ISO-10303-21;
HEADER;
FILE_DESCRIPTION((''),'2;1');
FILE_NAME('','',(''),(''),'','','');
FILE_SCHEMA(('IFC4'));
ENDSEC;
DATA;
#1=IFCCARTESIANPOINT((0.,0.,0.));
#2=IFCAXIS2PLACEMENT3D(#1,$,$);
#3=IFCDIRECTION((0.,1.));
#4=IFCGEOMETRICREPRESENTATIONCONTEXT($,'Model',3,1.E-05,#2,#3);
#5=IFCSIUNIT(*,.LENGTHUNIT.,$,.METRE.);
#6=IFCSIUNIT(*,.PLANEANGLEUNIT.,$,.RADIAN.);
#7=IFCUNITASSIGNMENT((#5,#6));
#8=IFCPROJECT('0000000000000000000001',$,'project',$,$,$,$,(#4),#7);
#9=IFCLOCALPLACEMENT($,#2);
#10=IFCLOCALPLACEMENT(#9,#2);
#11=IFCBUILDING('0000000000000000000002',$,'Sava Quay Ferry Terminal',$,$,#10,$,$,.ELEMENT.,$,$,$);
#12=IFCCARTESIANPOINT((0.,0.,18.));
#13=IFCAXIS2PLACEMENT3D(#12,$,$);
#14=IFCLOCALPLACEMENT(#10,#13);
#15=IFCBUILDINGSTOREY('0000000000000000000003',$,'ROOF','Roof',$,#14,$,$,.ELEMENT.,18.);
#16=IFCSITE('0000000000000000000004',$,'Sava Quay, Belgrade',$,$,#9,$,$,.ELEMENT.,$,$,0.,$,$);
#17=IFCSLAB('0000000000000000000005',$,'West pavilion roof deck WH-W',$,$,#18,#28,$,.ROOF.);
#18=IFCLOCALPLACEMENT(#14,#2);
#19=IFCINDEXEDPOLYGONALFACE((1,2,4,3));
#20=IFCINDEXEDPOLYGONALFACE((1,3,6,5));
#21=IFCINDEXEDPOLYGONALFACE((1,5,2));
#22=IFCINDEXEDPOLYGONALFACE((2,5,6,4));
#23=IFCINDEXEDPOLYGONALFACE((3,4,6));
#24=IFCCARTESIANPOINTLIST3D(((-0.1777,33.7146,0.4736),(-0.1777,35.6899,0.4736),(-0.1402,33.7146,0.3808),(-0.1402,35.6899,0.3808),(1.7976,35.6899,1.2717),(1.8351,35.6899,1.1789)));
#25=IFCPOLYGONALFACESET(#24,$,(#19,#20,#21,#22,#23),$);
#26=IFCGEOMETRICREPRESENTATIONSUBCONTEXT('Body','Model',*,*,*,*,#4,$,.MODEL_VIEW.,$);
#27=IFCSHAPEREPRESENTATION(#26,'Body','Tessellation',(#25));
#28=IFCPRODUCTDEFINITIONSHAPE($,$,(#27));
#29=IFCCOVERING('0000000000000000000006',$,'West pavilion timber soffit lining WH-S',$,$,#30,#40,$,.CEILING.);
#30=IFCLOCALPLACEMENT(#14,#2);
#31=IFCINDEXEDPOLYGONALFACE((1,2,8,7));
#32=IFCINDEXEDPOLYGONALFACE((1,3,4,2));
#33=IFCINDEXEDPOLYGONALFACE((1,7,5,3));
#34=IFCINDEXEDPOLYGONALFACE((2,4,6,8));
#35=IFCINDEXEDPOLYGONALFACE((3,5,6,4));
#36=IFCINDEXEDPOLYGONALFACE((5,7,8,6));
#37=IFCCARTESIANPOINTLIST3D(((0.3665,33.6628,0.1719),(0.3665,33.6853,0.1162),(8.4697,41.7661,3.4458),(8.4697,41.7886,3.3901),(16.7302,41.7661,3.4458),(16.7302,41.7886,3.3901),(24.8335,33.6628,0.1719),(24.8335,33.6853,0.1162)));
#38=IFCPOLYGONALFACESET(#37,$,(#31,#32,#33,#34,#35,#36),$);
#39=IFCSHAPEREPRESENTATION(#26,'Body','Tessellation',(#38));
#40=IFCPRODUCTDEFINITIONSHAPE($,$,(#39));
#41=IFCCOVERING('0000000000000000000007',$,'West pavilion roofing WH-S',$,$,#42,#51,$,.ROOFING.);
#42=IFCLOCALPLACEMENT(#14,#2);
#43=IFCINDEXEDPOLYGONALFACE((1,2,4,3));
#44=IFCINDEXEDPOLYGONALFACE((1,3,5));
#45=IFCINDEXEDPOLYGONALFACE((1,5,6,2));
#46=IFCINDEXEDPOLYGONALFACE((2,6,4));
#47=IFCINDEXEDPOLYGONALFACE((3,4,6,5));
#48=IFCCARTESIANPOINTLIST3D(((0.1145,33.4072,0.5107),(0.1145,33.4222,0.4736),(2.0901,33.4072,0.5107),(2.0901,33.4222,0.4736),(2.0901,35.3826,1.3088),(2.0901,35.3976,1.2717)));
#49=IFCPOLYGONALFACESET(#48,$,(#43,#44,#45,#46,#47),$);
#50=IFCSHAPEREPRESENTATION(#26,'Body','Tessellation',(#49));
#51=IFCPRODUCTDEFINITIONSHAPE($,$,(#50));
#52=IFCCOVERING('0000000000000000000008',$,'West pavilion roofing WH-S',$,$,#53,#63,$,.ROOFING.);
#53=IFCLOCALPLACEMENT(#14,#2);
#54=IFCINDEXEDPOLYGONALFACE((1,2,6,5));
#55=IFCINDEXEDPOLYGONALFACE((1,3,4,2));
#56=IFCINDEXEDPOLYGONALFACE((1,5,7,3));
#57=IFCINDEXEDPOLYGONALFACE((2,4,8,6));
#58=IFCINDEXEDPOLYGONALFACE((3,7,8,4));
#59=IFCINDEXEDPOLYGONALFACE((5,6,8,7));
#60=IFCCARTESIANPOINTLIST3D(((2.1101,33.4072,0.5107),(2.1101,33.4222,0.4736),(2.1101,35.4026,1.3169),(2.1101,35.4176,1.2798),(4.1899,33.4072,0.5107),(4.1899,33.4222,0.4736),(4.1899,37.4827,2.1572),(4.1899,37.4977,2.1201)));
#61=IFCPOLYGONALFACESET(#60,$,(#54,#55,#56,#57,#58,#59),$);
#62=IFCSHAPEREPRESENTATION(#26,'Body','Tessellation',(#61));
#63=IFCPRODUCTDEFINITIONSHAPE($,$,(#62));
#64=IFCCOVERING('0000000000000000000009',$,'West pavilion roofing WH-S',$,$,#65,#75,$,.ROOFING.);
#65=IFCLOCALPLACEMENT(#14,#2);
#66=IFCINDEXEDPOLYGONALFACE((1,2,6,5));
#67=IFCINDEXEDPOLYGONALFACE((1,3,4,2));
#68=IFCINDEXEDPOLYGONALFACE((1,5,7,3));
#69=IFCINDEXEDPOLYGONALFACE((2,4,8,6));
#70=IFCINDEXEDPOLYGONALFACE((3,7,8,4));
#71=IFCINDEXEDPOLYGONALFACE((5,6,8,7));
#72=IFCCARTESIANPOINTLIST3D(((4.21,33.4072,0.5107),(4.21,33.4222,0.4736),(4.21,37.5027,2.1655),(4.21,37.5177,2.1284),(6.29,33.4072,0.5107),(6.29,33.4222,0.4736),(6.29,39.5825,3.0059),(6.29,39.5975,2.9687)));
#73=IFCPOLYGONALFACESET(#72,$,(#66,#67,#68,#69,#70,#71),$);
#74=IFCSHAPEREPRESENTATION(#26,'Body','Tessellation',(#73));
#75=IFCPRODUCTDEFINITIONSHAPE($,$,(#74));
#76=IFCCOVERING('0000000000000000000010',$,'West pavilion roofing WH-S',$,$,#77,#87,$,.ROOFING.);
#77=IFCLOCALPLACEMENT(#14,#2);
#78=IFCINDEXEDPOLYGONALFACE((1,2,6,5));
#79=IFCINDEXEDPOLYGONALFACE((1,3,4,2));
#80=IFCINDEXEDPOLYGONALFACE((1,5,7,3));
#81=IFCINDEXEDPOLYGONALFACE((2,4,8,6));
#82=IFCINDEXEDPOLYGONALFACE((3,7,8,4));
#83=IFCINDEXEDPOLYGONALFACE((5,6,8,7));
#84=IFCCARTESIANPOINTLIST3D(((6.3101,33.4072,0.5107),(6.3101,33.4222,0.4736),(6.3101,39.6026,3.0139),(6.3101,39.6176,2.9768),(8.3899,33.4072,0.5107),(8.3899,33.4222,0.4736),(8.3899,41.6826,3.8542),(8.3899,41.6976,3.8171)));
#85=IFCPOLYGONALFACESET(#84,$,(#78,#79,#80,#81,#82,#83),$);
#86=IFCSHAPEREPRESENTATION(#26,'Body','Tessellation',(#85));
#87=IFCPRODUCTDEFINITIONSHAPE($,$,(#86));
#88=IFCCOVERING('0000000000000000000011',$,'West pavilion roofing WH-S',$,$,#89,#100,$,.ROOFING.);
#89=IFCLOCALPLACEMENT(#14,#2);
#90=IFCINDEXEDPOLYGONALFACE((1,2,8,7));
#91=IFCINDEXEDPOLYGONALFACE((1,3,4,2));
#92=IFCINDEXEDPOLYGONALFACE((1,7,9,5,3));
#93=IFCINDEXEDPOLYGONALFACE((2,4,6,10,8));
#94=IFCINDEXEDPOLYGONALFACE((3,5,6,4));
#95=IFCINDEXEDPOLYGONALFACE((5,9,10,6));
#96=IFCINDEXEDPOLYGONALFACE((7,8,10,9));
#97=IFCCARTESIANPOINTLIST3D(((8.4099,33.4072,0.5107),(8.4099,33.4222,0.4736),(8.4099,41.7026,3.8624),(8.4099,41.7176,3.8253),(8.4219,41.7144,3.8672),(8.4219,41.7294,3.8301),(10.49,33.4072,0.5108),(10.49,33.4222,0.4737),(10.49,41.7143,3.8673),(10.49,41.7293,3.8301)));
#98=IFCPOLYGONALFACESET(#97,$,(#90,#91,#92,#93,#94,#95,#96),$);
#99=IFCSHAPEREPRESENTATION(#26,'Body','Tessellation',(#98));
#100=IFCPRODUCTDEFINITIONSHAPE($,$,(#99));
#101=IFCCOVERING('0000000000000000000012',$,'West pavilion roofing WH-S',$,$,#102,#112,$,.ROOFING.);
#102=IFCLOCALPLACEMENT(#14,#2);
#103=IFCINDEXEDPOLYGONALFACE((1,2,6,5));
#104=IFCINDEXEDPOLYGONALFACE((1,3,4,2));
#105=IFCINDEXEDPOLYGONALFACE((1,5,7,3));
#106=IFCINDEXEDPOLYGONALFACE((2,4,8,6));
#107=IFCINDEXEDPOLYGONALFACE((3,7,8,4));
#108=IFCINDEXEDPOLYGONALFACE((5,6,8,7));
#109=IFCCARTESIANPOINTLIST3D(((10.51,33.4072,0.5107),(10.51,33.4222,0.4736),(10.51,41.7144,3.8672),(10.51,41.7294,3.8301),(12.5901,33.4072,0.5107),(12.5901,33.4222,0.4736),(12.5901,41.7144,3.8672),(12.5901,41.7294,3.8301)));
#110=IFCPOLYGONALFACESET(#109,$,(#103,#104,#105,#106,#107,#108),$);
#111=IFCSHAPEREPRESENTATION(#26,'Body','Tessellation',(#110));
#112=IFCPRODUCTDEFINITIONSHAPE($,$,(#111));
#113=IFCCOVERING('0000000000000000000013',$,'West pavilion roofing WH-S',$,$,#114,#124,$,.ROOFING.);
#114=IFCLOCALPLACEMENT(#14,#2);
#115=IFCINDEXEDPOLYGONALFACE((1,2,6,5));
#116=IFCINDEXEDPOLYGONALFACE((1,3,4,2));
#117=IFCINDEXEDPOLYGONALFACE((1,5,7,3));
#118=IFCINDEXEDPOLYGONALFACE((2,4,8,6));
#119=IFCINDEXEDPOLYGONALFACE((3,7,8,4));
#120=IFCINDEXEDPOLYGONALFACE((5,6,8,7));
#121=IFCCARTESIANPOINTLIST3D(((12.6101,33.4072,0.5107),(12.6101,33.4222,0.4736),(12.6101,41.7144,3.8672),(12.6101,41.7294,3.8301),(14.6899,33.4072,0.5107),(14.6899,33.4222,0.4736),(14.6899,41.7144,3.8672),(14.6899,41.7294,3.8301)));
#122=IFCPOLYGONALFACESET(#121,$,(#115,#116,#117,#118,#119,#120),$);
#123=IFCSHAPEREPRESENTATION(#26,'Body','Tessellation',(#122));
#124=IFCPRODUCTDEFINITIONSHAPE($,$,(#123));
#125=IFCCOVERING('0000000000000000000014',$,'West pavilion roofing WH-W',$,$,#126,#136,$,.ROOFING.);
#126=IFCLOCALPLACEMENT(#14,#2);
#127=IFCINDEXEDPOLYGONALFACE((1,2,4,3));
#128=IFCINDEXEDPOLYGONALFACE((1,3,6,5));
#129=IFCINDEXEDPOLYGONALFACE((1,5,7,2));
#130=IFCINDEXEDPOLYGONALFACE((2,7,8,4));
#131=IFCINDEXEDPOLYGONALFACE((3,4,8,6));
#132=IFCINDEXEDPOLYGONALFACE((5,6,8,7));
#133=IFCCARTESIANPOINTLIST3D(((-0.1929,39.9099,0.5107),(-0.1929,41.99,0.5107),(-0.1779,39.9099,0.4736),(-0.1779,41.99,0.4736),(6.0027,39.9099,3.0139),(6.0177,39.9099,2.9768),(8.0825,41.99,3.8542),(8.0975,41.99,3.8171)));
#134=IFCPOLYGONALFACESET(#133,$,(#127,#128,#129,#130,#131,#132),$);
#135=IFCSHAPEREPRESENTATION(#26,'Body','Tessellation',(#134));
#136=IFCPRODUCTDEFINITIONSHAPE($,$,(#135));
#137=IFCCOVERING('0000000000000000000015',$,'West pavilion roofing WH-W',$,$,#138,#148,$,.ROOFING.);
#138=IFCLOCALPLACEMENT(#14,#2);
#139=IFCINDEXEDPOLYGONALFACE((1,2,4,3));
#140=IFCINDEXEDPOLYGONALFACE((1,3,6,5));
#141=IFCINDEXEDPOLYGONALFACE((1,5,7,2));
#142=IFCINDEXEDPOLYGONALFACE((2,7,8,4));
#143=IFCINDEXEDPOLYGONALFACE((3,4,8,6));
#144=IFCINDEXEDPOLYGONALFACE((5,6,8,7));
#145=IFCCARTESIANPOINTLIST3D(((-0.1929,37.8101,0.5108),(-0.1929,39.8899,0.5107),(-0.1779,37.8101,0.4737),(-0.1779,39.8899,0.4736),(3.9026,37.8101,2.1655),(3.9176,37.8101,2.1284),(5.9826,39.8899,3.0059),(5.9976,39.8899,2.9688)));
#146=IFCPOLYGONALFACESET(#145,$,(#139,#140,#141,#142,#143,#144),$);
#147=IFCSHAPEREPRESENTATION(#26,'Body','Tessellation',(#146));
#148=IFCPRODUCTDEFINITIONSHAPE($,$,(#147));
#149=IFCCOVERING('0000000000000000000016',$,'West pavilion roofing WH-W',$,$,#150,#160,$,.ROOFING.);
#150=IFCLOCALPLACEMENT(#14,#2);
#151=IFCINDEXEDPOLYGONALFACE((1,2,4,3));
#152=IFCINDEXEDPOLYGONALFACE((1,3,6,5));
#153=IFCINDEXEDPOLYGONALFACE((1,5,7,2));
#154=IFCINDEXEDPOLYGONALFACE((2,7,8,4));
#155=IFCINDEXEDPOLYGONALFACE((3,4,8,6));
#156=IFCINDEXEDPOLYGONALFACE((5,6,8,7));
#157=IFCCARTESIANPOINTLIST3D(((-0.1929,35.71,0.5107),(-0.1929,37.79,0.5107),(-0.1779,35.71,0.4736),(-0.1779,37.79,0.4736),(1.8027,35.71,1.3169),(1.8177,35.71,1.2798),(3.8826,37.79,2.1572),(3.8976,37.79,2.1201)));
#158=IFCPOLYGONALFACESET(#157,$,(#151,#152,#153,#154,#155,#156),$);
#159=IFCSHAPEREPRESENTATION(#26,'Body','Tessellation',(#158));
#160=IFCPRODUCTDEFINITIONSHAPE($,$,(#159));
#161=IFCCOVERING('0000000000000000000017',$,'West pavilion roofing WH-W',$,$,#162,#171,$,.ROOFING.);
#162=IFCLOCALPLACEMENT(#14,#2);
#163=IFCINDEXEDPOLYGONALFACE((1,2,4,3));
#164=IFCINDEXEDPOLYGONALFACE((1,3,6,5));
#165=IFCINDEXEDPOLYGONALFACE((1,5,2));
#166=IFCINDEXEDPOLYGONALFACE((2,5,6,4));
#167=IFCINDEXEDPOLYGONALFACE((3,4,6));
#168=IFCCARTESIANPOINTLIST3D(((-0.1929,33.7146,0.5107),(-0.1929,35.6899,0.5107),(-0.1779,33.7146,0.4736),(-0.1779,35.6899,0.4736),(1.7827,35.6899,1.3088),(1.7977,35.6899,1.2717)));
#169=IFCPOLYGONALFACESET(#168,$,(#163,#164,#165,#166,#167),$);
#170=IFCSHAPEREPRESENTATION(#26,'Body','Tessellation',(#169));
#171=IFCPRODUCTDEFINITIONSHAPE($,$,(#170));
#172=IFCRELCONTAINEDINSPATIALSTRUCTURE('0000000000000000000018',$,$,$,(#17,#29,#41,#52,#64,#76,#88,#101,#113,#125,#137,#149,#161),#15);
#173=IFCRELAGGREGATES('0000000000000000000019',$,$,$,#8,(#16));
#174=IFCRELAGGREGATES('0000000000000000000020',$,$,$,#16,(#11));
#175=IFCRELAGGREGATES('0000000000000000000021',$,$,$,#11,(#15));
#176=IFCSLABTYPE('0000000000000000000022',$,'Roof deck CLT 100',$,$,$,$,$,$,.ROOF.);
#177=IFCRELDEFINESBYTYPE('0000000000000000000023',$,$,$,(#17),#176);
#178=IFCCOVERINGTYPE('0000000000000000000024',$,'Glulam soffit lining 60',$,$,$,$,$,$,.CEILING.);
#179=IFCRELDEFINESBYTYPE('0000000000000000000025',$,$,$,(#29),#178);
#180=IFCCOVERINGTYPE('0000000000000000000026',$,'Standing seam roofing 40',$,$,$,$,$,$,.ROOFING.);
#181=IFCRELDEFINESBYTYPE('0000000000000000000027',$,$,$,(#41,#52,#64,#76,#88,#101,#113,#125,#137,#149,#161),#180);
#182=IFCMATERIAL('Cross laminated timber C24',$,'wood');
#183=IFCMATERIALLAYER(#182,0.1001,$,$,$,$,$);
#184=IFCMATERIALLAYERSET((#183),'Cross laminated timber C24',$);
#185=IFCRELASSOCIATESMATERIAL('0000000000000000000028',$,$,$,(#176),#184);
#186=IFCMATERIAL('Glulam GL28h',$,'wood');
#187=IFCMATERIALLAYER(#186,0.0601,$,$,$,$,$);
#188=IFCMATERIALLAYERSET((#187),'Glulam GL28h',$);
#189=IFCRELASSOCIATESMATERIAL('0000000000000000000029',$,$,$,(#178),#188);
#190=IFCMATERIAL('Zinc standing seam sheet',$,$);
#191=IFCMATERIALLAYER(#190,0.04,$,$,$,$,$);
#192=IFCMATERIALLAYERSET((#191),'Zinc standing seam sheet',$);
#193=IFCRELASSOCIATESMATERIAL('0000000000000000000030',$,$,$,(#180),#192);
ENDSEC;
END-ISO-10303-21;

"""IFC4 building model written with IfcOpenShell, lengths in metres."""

from ifc_helpers import new_model, si_unit, direction, frame, origin, place, context, subcontext, project, spatial, polyline, outline, extrude, material, layer, layer_set, type_object, element, save


model = new_model("IFC4")

# Units and contexts
model_context = context("Model", 3, precision=1e-05, world=origin(), true_north=direction((0.0, 1.0)))
body_context = subcontext(model_context, "Body", "Model", "MODEL_VIEW")
ifc_project = project(units=[si_unit("LENGTHUNIT", "METRE"), si_unit("PLANEANGLEUNIT", "RADIAN")], contexts=[model_context])

# Site, building, storey
site_placement = place(None, origin())
site = spatial("IfcSite", under=ifc_project, at=site_placement, Name="Sava Quay, Belgrade", CompositionType="ELEMENT", RefElevation=0.0)
building_placement = place(site_placement, origin())
building = spatial("IfcBuilding", under=site, at=building_placement, Name="Sava Quay Ferry Terminal", CompositionType="ELEMENT")
storey_placement = place(building_placement, frame((0.0, 0.0, 18.0)))
storey = spatial("IfcBuildingStorey", under=building, at=storey_placement, Name="ROOF", Description="Roof", CompositionType="ELEMENT", Elevation=18.0)

# Slab
ifc_material_1 = material(Name="Cross laminated timber C24", Category="wood")
ifc_layer_1 = layer(ifc_material_1, 0.1001)
ifc_layer_set_1 = layer_set([ifc_layer_1], Name="Cross laminated timber C24")
slab_type_1 = type_object("IfcSlabType", Name="Roof deck CLT 100", PredefinedType="ROOF", material=ifc_layer_set_1)
slab_1_placement = place(storey_placement, frame((-0.1777, 33.7146, 0.4736), z_axis=(-0.374609, 0.0, 0.927183), x_axis=(0.0, 1.0, 0.0)))
element("IfcSlab", 1, at=slab_1_placement, inside=storey, type_object=slab_type_1, Name="West pavilion roof deck WH-W", PredefinedType="ROOF", context=body_context, shape_type="SweptSolid", body=[
    extrude(outline(polyline([(0.0, 0.0), (1.9753, 0.0), (1.9753, -2.1305), (0.0, 0.0)])), origin(), (0.0, 0.0, -1.0), 0.1001),
])

# Coverings
ifc_material_2 = material(Name="Glulam GL28h", Category="wood")
ifc_layer_2 = layer(ifc_material_2, 0.0601)
ifc_layer_set_2 = layer_set([ifc_layer_2], Name="Glulam GL28h")
covering_type_1 = type_object("IfcCoveringType", Name="Glulam soffit lining 60", PredefinedType="CEILING", material=ifc_layer_set_2)
covering_1_placement = place(storey_placement, frame((0.3665, 33.6628, 0.1719), z_axis=(0.0, -0.374606, 0.927184), x_axis=(0.679905, 0.679905, 0.274699)))
element("IfcCovering", 2, at=covering_1_placement, inside=storey, type_object=covering_type_1, Name="West pavilion timber soffit lining WH-S", PredefinedType="CEILING", context=body_context, shape_type="SweptSolid", body=[
    extrude(outline(polyline([(0.0, 0.0), (11.9182, 0.0), (17.5346, -6.0574), (16.6353, -17.9417), (0.0, 0.0)])), origin(), (0.0, 0.0, -1.0), 0.0601),
])
ifc_material_3 = material(Name="Zinc standing seam sheet")
ifc_layer_3 = layer(ifc_material_3, 0.04)
ifc_layer_set_3 = layer_set([ifc_layer_3], Name="Zinc standing seam sheet")
covering_type_2 = type_object("IfcCoveringType", Name="Standing seam roofing 40", PredefinedType="ROOFING", material=ifc_layer_set_3)
covering_2_placement = place(storey_placement, frame((2.0901, 35.3826, 1.3088), z_axis=(0.0, -0.374609, 0.927183), x_axis=(0.0, -0.927183, -0.374609)))
element("IfcCovering", 3, at=covering_2_placement, inside=storey, type_object=covering_type_2, Name="West pavilion roofing WH-S", PredefinedType="ROOFING", context=body_context, shape_type="SweptSolid", body=[
    extrude(outline(polyline([(0.0, 0.0), (2.1305, 0.0), (2.1305, -1.9756), (0.0, 0.0)])), origin(), (0.0, 0.0, -1.0), 0.04),
])
covering_3_placement = place(storey_placement, frame((4.1899, 37.4827, 2.1572), z_axis=(0.000007, -0.37459, 0.927191), x_axis=(0.0, -0.927191, -0.37459)))
element("IfcCovering", 4, at=covering_3_placement, inside=storey, type_object=covering_type_2, Name="West pavilion roofing WH-S", PredefinedType="ROOFING", context=body_context, shape_type="SweptSolid", body=[
    extrude(outline(polyline([(0.0, 0.0), (4.3955, 0.0), (4.3955, -2.0798), (2.2434, -2.0798), (0.0, 0.0)])), origin(), (0.0, 0.0, -1.0), 0.04),
])
covering_4_placement = place(storey_placement, frame((6.29, 39.5825, 3.0059), z_axis=(0.000006, -0.374626, 0.927176), x_axis=(0.0, -0.927176, -0.374626)))
element("IfcCovering", 5, at=covering_4_placement, inside=storey, type_object=covering_type_2, Name="West pavilion roofing WH-S", PredefinedType="ROOFING", context=body_context, shape_type="SweptSolid", body=[
    extrude(outline(polyline([(0.0, 0.0), (6.6603, 0.0), (6.6603, -2.0801), (2.2432, -2.0801), (0.0, 0.0)])), origin(), (0.0, 0.0, -1.0), 0.04),
])
covering_5_placement = place(storey_placement, frame((8.3899, 41.6826, 3.8542), z_axis=(0.000021, -0.374614, 0.927181), x_axis=(0.0, -0.927181, -0.374614)))
element("IfcCovering", 6, at=covering_5_placement, inside=storey, type_object=covering_type_2, Name="West pavilion roofing WH-S", PredefinedType="ROOFING", context=body_context, shape_type="SweptSolid", body=[
    extrude(outline(polyline([(0.0, 0.0), (8.9253, 0.0), (8.9253, -2.0798), (2.2434, -2.0798), (0.0, 0.0)])), origin(), (0.0, 0.0, -1.0), 0.04),
])
covering_6_placement = place(storey_placement, frame((8.4219, 41.7144, 3.8672), z_axis=(-0.000033, -0.374621, 0.927178), x_axis=(1.0, -0.000012, 0.000031)))
element("IfcCovering", 7, at=covering_6_placement, inside=storey, type_object=covering_type_2, Name="West pavilion roofing WH-S", PredefinedType="ROOFING", context=body_context, shape_type="SweptSolid", body=[
    extrude(outline(polyline([(0.0, 0.0), (2.0681, 0.0), (2.0681, -8.9596), (-0.012, -8.9596), (-0.012, -0.0127), (0.0, 0.0)])), origin(), (0.0, 0.0, -1.0), 0.04),
])
covering_7_placement = place(storey_placement, frame((12.5901, 41.7144, 3.8672), z_axis=(0.0, -0.374621, 0.927178), x_axis=(0.0, -0.927178, -0.374621)))
element("IfcCovering", 8, at=covering_7_placement, inside=storey, type_object=covering_type_2, Name="West pavilion roofing WH-S", PredefinedType="ROOFING", context=body_context, shape_type="SweptSolid", body=[
    extrude(outline(polyline([(0.0, 0.0), (8.9596, 0.0), (8.9596, -2.0801), (0.0, -2.0801), (0.0, 0.0)])), origin(), (0.0, 0.0, -1.0), 0.04),
])
covering_8_placement = place(storey_placement, frame((14.6899, 41.7144, 3.8672), z_axis=(0.0, -0.374621, 0.927178), x_axis=(0.0, -0.927178, -0.374621)))
element("IfcCovering", 9, at=covering_8_placement, inside=storey, type_object=covering_type_2, Name="West pavilion roofing WH-S", PredefinedType="ROOFING", context=body_context, shape_type="SweptSolid", body=[
    extrude(outline(polyline([(0.0, 0.0), (8.9596, 0.0), (8.9596, -2.0798), (0.0, -2.0798), (0.0, 0.0)])), origin(), (0.0, 0.0, -1.0), 0.04),
])
covering_9_placement = place(storey_placement, frame((6.0027, 39.9099, 3.0139), z_axis=(-0.374609, -0.000004, 0.927183), x_axis=(-0.927183, 0.0, -0.374609)))
element("IfcCovering", 10, at=covering_9_placement, inside=storey, type_object=covering_type_2, Name="West pavilion roofing WH-W", PredefinedType="ROOFING", context=body_context, shape_type="SweptSolid", body=[
    extrude(outline(polyline([(0.0, 0.0), (6.6821, 0.0), (6.6821, -2.0801), (-2.2432, -2.0801), (0.0, 0.0)])), origin(), (0.0, 0.0, -1.0), 0.04),
])
covering_10_placement = place(storey_placement, frame((3.9026, 37.8101, 2.1655), z_axis=(-0.374618, 0.000023, 0.927179), x_axis=(-0.927179, 0.0, -0.374618)))
element("IfcCovering", 11, at=covering_10_placement, inside=storey, type_object=covering_type_2, Name="West pavilion roofing WH-W", PredefinedType="ROOFING", context=body_context, shape_type="SweptSolid", body=[
    extrude(outline(polyline([(0.0, 0.0), (4.4171, 0.0), (4.4171, -2.0798), (-2.2434, -2.0798), (0.0, 0.0)])), origin(), (0.0, 0.0, -1.0), 0.04),
])
covering_11_placement = place(storey_placement, frame((1.8027, 35.71, 1.3169), z_axis=(-0.374577, -0.000023, 0.927196), x_axis=(-0.927196, 0.0, -0.374577)))
element("IfcCovering", 12, at=covering_11_placement, inside=storey, type_object=covering_type_2, Name="West pavilion roofing WH-W", PredefinedType="ROOFING", context=body_context, shape_type="SweptSolid", body=[
    extrude(outline(polyline([(0.0, 0.0), (2.1523, 0.0), (2.1523, -2.0801), (-2.2432, -2.0801), (0.0, 0.0)])), origin(), (0.0, 0.0, -1.0), 0.04),
])
covering_12_placement = place(storey_placement, frame((-0.1929, 33.7146, 0.5107), z_axis=(-0.374569, 0.0, 0.927199), x_axis=(0.0, 1.0, 0.0)))
element("IfcCovering", 13, at=covering_12_placement, inside=storey, type_object=covering_type_2, Name="West pavilion roofing WH-W", PredefinedType="ROOFING", context=body_context, shape_type="SweptSolid", body=[
    extrude(outline(polyline([(0.0, 0.0), (1.9753, 0.0), (1.9753, -2.1307), (0.0, 0.0)])), origin(), (0.0, 0.0, -1.0), 0.04),
])

save(model, "model.ifc")
